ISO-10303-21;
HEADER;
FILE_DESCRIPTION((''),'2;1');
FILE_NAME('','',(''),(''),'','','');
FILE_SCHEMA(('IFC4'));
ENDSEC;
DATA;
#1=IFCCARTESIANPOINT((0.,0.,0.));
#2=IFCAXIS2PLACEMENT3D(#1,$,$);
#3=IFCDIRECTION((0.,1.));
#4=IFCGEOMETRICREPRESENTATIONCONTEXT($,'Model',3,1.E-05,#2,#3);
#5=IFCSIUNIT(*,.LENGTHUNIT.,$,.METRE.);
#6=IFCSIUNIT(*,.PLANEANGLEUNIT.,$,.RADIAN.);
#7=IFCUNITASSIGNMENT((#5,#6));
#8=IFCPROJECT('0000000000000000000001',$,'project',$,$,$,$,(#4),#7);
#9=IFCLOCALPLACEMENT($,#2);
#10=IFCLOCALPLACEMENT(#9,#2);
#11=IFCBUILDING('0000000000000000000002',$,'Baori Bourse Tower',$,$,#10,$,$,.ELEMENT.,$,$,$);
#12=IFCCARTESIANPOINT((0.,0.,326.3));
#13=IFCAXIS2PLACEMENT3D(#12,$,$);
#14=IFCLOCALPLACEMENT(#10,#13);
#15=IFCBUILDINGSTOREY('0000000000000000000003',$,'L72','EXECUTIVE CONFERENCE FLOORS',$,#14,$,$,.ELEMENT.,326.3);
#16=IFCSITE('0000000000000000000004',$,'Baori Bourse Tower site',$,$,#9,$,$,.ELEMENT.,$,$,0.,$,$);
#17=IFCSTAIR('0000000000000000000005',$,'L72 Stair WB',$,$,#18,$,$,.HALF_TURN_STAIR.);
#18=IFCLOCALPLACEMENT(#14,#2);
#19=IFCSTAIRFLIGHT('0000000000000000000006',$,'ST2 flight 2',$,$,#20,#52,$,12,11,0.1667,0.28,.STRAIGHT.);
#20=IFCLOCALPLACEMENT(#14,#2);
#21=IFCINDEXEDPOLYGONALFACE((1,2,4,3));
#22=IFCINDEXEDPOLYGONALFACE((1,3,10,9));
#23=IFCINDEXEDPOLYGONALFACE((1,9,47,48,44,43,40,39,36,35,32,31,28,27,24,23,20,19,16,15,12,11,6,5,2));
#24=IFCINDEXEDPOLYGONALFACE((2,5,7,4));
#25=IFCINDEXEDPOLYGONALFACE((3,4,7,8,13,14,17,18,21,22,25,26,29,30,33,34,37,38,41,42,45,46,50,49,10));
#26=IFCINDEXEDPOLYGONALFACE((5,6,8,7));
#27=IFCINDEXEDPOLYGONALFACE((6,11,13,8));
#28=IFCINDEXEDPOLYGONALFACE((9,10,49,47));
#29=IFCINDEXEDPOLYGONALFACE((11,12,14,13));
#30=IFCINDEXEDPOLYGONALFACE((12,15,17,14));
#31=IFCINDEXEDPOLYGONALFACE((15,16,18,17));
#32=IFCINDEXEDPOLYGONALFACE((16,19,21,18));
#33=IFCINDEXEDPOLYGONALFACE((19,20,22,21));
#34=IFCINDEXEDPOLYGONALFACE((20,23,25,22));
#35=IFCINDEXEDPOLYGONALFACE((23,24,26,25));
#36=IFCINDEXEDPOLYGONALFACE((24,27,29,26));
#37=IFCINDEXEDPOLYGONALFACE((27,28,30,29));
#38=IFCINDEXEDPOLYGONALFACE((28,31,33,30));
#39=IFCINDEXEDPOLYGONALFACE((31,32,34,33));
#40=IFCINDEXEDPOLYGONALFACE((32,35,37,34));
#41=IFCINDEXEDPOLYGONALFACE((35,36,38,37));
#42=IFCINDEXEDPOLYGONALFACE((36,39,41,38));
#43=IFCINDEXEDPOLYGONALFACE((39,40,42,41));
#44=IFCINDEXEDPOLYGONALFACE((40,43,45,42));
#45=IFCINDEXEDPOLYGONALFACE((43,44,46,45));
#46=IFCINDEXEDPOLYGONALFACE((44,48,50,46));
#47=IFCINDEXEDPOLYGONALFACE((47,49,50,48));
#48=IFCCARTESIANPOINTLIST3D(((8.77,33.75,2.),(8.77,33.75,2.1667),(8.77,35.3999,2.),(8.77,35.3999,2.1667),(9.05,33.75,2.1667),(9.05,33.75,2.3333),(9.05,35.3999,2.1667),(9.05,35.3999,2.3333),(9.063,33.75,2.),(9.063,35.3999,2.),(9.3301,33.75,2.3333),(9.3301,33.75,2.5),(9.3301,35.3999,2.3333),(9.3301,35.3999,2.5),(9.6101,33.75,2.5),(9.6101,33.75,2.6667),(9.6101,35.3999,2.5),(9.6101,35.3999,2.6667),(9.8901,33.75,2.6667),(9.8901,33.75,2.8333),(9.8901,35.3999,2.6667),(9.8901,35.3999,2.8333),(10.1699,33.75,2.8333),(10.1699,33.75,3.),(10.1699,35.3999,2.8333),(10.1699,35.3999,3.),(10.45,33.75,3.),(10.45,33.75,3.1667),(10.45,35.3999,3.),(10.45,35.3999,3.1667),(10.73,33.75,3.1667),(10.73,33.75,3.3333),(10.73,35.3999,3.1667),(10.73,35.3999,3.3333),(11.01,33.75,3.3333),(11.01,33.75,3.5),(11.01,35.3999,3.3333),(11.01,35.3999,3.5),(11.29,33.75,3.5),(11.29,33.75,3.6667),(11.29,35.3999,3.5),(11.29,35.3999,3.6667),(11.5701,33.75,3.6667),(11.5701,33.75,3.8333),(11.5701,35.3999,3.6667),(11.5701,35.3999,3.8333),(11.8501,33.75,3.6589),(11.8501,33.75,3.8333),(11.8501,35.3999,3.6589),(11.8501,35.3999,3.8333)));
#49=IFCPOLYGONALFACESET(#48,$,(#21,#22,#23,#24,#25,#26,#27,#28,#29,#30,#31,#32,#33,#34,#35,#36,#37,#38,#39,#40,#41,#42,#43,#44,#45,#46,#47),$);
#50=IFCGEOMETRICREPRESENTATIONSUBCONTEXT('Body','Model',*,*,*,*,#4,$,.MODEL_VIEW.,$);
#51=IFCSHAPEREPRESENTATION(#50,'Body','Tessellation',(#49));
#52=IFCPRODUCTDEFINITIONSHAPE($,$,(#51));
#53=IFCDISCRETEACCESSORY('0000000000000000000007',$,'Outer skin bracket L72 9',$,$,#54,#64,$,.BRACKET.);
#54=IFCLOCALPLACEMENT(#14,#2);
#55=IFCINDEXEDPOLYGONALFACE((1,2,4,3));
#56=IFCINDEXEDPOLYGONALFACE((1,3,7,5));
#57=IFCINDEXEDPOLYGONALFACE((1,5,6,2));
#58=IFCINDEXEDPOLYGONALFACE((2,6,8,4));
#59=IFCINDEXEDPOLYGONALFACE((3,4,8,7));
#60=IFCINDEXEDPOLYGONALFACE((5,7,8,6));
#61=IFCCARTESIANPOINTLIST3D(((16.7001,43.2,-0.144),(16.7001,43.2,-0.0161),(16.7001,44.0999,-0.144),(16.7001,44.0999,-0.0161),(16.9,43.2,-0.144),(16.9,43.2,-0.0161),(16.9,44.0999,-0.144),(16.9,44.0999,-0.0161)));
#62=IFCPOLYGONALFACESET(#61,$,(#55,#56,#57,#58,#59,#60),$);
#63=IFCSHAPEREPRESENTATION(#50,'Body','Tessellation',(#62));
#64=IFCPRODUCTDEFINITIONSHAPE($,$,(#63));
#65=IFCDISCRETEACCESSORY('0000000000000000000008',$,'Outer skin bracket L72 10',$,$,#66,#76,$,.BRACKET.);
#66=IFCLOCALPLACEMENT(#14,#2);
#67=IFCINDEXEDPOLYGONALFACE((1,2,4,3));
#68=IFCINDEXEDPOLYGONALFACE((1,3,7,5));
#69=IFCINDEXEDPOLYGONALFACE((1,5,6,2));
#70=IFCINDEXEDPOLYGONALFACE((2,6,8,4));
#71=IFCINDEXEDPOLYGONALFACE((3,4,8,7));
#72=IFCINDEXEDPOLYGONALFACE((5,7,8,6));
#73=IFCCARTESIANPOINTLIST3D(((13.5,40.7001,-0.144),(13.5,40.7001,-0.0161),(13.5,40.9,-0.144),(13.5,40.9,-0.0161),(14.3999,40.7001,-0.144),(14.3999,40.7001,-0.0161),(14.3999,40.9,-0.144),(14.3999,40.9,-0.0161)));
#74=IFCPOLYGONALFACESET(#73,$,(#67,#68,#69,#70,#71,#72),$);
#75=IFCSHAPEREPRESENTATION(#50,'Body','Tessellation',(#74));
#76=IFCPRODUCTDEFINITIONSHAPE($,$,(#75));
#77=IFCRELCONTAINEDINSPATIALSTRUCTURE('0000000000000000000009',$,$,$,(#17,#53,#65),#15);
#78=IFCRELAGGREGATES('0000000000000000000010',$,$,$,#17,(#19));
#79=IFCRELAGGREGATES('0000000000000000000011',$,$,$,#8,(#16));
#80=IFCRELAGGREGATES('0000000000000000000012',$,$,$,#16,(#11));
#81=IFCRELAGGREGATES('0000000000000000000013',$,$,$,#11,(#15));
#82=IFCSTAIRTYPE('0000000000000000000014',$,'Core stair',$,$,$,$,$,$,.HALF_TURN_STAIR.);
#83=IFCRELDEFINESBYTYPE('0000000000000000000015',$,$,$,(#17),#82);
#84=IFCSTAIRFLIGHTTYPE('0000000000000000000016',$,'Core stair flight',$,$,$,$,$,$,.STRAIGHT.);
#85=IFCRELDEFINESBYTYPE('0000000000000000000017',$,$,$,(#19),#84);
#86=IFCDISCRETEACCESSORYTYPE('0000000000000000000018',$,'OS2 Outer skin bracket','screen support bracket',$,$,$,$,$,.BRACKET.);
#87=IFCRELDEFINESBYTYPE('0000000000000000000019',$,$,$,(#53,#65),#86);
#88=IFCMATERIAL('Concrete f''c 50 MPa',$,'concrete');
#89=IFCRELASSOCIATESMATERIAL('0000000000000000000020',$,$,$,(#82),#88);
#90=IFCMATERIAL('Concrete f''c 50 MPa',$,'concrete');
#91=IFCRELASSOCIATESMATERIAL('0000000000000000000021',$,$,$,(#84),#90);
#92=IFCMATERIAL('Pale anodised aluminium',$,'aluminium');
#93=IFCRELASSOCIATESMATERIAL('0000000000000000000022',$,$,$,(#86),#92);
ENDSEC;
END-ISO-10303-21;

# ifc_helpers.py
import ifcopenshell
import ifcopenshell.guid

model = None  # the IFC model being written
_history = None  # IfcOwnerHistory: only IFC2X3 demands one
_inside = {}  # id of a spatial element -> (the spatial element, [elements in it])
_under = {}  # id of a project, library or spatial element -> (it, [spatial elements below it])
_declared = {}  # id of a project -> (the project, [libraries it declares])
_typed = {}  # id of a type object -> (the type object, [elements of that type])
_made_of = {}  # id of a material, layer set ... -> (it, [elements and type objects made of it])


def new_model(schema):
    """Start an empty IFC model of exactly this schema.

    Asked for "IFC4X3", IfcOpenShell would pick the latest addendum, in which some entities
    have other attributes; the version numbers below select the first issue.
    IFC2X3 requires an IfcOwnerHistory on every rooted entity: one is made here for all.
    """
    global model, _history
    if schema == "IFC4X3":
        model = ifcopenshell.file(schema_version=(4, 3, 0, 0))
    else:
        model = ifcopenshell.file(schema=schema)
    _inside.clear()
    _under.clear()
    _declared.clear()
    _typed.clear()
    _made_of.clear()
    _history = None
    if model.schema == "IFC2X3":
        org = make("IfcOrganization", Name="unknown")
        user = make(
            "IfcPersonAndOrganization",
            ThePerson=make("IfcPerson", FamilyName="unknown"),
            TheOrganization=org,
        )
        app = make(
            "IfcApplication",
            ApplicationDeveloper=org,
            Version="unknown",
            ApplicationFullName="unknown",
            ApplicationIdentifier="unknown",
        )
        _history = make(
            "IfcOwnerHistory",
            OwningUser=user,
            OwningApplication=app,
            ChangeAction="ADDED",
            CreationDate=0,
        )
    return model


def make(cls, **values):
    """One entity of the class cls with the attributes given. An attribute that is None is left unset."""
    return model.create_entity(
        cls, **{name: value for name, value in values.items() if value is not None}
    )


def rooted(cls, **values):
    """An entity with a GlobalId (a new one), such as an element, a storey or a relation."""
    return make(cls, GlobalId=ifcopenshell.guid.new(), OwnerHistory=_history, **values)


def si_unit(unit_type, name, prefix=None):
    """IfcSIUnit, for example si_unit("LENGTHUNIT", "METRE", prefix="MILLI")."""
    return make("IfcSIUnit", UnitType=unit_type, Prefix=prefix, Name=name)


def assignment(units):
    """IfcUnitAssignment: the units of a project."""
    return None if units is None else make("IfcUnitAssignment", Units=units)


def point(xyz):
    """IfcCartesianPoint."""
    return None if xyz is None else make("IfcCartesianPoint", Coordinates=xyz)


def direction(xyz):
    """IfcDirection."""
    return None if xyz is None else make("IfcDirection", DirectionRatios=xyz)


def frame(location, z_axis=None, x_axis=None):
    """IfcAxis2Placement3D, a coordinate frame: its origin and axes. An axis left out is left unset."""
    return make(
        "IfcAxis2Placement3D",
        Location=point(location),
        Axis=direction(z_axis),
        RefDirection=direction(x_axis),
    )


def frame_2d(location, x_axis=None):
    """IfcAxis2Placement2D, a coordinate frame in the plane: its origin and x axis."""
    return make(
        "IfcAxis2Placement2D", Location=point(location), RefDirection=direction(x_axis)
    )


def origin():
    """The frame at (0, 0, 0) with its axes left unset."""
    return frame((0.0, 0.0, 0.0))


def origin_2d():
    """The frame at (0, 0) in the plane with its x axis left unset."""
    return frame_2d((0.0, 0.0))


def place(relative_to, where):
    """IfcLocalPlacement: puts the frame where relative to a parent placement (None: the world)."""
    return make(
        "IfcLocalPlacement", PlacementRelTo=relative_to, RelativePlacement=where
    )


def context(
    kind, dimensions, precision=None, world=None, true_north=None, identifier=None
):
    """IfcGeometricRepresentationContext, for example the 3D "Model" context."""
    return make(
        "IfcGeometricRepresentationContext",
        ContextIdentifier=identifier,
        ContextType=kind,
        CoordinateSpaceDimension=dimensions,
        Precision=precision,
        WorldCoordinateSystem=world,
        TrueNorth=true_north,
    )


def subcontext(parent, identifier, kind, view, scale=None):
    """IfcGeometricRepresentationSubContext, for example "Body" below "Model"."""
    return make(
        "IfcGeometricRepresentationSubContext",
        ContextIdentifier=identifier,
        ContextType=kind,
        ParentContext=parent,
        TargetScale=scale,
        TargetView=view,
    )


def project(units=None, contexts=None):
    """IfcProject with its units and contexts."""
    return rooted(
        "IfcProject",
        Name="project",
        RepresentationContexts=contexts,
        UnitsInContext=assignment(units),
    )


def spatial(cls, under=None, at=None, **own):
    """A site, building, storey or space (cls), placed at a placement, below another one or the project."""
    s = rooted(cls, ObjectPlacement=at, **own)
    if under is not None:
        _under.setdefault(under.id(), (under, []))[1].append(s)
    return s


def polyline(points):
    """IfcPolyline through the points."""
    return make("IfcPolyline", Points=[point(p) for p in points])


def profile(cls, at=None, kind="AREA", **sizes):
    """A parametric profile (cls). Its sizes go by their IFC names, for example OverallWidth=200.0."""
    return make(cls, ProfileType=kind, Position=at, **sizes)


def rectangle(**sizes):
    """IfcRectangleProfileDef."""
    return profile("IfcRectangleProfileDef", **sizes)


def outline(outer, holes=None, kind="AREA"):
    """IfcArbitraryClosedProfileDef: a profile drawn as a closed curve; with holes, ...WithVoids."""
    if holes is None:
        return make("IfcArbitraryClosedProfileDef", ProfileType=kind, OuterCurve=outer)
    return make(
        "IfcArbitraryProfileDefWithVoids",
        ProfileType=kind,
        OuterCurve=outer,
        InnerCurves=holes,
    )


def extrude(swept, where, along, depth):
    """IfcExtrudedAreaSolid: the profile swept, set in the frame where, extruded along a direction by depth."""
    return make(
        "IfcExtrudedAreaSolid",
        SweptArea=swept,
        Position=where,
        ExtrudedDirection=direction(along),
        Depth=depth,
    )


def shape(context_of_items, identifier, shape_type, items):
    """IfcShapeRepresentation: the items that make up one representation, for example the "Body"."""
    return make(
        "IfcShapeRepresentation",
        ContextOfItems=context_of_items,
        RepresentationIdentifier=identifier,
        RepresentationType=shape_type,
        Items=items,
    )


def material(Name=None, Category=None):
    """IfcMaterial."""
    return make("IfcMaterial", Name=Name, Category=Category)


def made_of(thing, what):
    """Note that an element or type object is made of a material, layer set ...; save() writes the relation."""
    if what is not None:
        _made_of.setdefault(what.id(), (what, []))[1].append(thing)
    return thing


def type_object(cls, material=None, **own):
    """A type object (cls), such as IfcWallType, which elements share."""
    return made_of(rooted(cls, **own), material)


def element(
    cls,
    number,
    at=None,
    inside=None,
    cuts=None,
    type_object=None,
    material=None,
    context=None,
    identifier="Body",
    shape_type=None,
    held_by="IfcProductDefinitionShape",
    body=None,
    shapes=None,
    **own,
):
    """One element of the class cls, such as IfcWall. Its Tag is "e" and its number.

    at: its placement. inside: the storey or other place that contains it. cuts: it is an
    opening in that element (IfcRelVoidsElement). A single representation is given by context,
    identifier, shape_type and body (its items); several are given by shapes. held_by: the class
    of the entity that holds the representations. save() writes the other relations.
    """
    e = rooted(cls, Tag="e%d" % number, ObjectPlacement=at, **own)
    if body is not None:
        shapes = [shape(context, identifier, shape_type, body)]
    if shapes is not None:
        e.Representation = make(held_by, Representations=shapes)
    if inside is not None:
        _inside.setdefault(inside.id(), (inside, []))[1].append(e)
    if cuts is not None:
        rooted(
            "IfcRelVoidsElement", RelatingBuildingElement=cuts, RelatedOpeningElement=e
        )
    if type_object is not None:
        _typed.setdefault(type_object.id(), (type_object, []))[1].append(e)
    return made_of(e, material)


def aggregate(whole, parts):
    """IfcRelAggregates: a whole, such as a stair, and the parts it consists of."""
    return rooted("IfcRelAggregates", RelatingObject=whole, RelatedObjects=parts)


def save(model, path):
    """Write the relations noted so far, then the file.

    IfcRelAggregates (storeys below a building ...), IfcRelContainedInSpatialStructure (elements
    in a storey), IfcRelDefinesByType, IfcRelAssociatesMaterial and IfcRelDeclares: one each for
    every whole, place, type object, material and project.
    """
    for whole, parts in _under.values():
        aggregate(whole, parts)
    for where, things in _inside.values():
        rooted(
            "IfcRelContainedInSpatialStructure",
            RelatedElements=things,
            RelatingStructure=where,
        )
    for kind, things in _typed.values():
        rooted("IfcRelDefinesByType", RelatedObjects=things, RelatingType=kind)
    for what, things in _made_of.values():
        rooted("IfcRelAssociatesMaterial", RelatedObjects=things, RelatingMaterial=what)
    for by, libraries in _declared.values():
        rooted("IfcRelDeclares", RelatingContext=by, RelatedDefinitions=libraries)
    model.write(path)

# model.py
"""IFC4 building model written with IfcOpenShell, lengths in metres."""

from ifc_helpers import new_model, si_unit, direction, frame, origin, origin_2d, place, context, subcontext, project, spatial, polyline, rectangle, outline, extrude, material, type_object, element, aggregate, save


model = new_model("IFC4")

# Units and contexts
model_context = context("Model", 3, precision=1e-05, world=origin(), true_north=direction((0.0, 1.0)))
body_context = subcontext(model_context, "Body", "Model", "MODEL_VIEW")
ifc_project = project(units=[si_unit("LENGTHUNIT", "METRE"), si_unit("PLANEANGLEUNIT", "RADIAN")], contexts=[model_context])

# Site, building, storey
site_placement = place(None, origin())
site = spatial("IfcSite", under=ifc_project, at=site_placement, Name="Baori Bourse Tower site", CompositionType="ELEMENT", RefElevation=0.0)
building_placement = place(site_placement, origin())
building = spatial("IfcBuilding", under=site, at=building_placement, Name="Baori Bourse Tower", CompositionType="ELEMENT")
storey_placement = place(building_placement, frame((0.0, 0.0, 326.3)))
storey = spatial("IfcBuildingStorey", under=building, at=storey_placement, Name="L72", Description="EXECUTIVE CONFERENCE FLOORS", CompositionType="ELEMENT", Elevation=326.3)

# Stair, stair flight
ifc_material_1 = material(Name="Concrete f'c 50 MPa", Category="concrete")
stair_type = type_object("IfcStairType", Name="Core stair", PredefinedType="HALF_TURN_STAIR", material=ifc_material_1)
stair_placement = place(storey_placement, origin())
stair = element("IfcStair", 1, at=stair_placement, inside=storey, type_object=stair_type, Name="L72 Stair WB", PredefinedType="HALF_TURN_STAIR")
ifc_material_2 = material(Name="Concrete f'c 50 MPa", Category="concrete")
stair_flight_type = type_object("IfcStairFlightType", Name="Core stair flight", PredefinedType="STRAIGHT", material=ifc_material_2)
stair_flight_1_placement = place(storey_placement, frame((8.77, 34.575, 2.0), z_axis=(0.0, 0.0, 1.0), x_axis=(1.0, 0.0, 0.0)))
stair_flight_1 = element("IfcStairFlight", 2, at=stair_flight_1_placement, type_object=stair_flight_type, Name="ST2 flight 2", NumberOfRisers=12, NumberOfTreads=11, PredefinedType="STRAIGHT", RiserHeight=0.1667, TreadLength=0.28, context=body_context, shape_type="SweptSolid", body=[
    extrude(outline(polyline([(0.0, 0.0), (0.0, 0.1667), (0.28, 0.1667), (0.28, 0.3333), (0.5601, 0.3333), (0.5601, 0.5), (0.8401, 0.5), (0.8401, 0.6667), (1.1201, 0.6667), (1.1201, 0.8333), (1.3999, 0.8333), (1.3999, 1.0), (1.6799, 1.0), (1.6799, 1.1667), (1.96, 1.1667), (1.96, 1.3333), (2.24, 1.3333), (2.24, 1.5), (2.52, 1.5), (2.52, 1.6667), (2.8, 1.6667), (2.8, 1.8333), (3.0801, 1.8333), (3.0801, 2.0), (3.0801, 1.6589), (0.293, 0.0), (0.0, 0.0)])), frame((0.0, 0.825, 0.0), z_axis=(0.0, -1.0, 0.0), x_axis=(1.0, 0.0, 0.0)), (0.0, 0.0, 1.0), 1.6499),
])
aggregate(stair, [stair_flight_1])

# Discrete accessories
ifc_material_3 = material(Name="Pale anodised aluminium", Category="aluminium")
discrete_accessory_type = type_object("IfcDiscreteAccessoryType", Name="OS2 Outer skin bracket", Description="screen support bracket", PredefinedType="BRACKET", material=ifc_material_3)
for number, where, z_axis, x_axis, name in (
    (3, (16.8, 43.6499, -0.144), (0.0, 0.0, 1.0), (-1.0, 0.0, 0.0), "Outer skin bracket L72 9"),
    (4, (13.95, 40.8, -0.144), (0.0, 0.0, 1.0), (0.0, -1.0, 0.0), "Outer skin bracket L72 10"),
):
    element("IfcDiscreteAccessory", number, at=place(storey_placement, frame(where, z_axis=z_axis, x_axis=x_axis)), inside=storey, type_object=discrete_accessory_type, Name=name, PredefinedType="BRACKET", context=body_context, shape_type="SweptSolid", body=[
        extrude(rectangle(XDim=0.2, YDim=0.8999, at=origin_2d()), origin(), (0.0, 0.0, 1.0), 0.1279),
    ])

save(model, "model.ifc")
